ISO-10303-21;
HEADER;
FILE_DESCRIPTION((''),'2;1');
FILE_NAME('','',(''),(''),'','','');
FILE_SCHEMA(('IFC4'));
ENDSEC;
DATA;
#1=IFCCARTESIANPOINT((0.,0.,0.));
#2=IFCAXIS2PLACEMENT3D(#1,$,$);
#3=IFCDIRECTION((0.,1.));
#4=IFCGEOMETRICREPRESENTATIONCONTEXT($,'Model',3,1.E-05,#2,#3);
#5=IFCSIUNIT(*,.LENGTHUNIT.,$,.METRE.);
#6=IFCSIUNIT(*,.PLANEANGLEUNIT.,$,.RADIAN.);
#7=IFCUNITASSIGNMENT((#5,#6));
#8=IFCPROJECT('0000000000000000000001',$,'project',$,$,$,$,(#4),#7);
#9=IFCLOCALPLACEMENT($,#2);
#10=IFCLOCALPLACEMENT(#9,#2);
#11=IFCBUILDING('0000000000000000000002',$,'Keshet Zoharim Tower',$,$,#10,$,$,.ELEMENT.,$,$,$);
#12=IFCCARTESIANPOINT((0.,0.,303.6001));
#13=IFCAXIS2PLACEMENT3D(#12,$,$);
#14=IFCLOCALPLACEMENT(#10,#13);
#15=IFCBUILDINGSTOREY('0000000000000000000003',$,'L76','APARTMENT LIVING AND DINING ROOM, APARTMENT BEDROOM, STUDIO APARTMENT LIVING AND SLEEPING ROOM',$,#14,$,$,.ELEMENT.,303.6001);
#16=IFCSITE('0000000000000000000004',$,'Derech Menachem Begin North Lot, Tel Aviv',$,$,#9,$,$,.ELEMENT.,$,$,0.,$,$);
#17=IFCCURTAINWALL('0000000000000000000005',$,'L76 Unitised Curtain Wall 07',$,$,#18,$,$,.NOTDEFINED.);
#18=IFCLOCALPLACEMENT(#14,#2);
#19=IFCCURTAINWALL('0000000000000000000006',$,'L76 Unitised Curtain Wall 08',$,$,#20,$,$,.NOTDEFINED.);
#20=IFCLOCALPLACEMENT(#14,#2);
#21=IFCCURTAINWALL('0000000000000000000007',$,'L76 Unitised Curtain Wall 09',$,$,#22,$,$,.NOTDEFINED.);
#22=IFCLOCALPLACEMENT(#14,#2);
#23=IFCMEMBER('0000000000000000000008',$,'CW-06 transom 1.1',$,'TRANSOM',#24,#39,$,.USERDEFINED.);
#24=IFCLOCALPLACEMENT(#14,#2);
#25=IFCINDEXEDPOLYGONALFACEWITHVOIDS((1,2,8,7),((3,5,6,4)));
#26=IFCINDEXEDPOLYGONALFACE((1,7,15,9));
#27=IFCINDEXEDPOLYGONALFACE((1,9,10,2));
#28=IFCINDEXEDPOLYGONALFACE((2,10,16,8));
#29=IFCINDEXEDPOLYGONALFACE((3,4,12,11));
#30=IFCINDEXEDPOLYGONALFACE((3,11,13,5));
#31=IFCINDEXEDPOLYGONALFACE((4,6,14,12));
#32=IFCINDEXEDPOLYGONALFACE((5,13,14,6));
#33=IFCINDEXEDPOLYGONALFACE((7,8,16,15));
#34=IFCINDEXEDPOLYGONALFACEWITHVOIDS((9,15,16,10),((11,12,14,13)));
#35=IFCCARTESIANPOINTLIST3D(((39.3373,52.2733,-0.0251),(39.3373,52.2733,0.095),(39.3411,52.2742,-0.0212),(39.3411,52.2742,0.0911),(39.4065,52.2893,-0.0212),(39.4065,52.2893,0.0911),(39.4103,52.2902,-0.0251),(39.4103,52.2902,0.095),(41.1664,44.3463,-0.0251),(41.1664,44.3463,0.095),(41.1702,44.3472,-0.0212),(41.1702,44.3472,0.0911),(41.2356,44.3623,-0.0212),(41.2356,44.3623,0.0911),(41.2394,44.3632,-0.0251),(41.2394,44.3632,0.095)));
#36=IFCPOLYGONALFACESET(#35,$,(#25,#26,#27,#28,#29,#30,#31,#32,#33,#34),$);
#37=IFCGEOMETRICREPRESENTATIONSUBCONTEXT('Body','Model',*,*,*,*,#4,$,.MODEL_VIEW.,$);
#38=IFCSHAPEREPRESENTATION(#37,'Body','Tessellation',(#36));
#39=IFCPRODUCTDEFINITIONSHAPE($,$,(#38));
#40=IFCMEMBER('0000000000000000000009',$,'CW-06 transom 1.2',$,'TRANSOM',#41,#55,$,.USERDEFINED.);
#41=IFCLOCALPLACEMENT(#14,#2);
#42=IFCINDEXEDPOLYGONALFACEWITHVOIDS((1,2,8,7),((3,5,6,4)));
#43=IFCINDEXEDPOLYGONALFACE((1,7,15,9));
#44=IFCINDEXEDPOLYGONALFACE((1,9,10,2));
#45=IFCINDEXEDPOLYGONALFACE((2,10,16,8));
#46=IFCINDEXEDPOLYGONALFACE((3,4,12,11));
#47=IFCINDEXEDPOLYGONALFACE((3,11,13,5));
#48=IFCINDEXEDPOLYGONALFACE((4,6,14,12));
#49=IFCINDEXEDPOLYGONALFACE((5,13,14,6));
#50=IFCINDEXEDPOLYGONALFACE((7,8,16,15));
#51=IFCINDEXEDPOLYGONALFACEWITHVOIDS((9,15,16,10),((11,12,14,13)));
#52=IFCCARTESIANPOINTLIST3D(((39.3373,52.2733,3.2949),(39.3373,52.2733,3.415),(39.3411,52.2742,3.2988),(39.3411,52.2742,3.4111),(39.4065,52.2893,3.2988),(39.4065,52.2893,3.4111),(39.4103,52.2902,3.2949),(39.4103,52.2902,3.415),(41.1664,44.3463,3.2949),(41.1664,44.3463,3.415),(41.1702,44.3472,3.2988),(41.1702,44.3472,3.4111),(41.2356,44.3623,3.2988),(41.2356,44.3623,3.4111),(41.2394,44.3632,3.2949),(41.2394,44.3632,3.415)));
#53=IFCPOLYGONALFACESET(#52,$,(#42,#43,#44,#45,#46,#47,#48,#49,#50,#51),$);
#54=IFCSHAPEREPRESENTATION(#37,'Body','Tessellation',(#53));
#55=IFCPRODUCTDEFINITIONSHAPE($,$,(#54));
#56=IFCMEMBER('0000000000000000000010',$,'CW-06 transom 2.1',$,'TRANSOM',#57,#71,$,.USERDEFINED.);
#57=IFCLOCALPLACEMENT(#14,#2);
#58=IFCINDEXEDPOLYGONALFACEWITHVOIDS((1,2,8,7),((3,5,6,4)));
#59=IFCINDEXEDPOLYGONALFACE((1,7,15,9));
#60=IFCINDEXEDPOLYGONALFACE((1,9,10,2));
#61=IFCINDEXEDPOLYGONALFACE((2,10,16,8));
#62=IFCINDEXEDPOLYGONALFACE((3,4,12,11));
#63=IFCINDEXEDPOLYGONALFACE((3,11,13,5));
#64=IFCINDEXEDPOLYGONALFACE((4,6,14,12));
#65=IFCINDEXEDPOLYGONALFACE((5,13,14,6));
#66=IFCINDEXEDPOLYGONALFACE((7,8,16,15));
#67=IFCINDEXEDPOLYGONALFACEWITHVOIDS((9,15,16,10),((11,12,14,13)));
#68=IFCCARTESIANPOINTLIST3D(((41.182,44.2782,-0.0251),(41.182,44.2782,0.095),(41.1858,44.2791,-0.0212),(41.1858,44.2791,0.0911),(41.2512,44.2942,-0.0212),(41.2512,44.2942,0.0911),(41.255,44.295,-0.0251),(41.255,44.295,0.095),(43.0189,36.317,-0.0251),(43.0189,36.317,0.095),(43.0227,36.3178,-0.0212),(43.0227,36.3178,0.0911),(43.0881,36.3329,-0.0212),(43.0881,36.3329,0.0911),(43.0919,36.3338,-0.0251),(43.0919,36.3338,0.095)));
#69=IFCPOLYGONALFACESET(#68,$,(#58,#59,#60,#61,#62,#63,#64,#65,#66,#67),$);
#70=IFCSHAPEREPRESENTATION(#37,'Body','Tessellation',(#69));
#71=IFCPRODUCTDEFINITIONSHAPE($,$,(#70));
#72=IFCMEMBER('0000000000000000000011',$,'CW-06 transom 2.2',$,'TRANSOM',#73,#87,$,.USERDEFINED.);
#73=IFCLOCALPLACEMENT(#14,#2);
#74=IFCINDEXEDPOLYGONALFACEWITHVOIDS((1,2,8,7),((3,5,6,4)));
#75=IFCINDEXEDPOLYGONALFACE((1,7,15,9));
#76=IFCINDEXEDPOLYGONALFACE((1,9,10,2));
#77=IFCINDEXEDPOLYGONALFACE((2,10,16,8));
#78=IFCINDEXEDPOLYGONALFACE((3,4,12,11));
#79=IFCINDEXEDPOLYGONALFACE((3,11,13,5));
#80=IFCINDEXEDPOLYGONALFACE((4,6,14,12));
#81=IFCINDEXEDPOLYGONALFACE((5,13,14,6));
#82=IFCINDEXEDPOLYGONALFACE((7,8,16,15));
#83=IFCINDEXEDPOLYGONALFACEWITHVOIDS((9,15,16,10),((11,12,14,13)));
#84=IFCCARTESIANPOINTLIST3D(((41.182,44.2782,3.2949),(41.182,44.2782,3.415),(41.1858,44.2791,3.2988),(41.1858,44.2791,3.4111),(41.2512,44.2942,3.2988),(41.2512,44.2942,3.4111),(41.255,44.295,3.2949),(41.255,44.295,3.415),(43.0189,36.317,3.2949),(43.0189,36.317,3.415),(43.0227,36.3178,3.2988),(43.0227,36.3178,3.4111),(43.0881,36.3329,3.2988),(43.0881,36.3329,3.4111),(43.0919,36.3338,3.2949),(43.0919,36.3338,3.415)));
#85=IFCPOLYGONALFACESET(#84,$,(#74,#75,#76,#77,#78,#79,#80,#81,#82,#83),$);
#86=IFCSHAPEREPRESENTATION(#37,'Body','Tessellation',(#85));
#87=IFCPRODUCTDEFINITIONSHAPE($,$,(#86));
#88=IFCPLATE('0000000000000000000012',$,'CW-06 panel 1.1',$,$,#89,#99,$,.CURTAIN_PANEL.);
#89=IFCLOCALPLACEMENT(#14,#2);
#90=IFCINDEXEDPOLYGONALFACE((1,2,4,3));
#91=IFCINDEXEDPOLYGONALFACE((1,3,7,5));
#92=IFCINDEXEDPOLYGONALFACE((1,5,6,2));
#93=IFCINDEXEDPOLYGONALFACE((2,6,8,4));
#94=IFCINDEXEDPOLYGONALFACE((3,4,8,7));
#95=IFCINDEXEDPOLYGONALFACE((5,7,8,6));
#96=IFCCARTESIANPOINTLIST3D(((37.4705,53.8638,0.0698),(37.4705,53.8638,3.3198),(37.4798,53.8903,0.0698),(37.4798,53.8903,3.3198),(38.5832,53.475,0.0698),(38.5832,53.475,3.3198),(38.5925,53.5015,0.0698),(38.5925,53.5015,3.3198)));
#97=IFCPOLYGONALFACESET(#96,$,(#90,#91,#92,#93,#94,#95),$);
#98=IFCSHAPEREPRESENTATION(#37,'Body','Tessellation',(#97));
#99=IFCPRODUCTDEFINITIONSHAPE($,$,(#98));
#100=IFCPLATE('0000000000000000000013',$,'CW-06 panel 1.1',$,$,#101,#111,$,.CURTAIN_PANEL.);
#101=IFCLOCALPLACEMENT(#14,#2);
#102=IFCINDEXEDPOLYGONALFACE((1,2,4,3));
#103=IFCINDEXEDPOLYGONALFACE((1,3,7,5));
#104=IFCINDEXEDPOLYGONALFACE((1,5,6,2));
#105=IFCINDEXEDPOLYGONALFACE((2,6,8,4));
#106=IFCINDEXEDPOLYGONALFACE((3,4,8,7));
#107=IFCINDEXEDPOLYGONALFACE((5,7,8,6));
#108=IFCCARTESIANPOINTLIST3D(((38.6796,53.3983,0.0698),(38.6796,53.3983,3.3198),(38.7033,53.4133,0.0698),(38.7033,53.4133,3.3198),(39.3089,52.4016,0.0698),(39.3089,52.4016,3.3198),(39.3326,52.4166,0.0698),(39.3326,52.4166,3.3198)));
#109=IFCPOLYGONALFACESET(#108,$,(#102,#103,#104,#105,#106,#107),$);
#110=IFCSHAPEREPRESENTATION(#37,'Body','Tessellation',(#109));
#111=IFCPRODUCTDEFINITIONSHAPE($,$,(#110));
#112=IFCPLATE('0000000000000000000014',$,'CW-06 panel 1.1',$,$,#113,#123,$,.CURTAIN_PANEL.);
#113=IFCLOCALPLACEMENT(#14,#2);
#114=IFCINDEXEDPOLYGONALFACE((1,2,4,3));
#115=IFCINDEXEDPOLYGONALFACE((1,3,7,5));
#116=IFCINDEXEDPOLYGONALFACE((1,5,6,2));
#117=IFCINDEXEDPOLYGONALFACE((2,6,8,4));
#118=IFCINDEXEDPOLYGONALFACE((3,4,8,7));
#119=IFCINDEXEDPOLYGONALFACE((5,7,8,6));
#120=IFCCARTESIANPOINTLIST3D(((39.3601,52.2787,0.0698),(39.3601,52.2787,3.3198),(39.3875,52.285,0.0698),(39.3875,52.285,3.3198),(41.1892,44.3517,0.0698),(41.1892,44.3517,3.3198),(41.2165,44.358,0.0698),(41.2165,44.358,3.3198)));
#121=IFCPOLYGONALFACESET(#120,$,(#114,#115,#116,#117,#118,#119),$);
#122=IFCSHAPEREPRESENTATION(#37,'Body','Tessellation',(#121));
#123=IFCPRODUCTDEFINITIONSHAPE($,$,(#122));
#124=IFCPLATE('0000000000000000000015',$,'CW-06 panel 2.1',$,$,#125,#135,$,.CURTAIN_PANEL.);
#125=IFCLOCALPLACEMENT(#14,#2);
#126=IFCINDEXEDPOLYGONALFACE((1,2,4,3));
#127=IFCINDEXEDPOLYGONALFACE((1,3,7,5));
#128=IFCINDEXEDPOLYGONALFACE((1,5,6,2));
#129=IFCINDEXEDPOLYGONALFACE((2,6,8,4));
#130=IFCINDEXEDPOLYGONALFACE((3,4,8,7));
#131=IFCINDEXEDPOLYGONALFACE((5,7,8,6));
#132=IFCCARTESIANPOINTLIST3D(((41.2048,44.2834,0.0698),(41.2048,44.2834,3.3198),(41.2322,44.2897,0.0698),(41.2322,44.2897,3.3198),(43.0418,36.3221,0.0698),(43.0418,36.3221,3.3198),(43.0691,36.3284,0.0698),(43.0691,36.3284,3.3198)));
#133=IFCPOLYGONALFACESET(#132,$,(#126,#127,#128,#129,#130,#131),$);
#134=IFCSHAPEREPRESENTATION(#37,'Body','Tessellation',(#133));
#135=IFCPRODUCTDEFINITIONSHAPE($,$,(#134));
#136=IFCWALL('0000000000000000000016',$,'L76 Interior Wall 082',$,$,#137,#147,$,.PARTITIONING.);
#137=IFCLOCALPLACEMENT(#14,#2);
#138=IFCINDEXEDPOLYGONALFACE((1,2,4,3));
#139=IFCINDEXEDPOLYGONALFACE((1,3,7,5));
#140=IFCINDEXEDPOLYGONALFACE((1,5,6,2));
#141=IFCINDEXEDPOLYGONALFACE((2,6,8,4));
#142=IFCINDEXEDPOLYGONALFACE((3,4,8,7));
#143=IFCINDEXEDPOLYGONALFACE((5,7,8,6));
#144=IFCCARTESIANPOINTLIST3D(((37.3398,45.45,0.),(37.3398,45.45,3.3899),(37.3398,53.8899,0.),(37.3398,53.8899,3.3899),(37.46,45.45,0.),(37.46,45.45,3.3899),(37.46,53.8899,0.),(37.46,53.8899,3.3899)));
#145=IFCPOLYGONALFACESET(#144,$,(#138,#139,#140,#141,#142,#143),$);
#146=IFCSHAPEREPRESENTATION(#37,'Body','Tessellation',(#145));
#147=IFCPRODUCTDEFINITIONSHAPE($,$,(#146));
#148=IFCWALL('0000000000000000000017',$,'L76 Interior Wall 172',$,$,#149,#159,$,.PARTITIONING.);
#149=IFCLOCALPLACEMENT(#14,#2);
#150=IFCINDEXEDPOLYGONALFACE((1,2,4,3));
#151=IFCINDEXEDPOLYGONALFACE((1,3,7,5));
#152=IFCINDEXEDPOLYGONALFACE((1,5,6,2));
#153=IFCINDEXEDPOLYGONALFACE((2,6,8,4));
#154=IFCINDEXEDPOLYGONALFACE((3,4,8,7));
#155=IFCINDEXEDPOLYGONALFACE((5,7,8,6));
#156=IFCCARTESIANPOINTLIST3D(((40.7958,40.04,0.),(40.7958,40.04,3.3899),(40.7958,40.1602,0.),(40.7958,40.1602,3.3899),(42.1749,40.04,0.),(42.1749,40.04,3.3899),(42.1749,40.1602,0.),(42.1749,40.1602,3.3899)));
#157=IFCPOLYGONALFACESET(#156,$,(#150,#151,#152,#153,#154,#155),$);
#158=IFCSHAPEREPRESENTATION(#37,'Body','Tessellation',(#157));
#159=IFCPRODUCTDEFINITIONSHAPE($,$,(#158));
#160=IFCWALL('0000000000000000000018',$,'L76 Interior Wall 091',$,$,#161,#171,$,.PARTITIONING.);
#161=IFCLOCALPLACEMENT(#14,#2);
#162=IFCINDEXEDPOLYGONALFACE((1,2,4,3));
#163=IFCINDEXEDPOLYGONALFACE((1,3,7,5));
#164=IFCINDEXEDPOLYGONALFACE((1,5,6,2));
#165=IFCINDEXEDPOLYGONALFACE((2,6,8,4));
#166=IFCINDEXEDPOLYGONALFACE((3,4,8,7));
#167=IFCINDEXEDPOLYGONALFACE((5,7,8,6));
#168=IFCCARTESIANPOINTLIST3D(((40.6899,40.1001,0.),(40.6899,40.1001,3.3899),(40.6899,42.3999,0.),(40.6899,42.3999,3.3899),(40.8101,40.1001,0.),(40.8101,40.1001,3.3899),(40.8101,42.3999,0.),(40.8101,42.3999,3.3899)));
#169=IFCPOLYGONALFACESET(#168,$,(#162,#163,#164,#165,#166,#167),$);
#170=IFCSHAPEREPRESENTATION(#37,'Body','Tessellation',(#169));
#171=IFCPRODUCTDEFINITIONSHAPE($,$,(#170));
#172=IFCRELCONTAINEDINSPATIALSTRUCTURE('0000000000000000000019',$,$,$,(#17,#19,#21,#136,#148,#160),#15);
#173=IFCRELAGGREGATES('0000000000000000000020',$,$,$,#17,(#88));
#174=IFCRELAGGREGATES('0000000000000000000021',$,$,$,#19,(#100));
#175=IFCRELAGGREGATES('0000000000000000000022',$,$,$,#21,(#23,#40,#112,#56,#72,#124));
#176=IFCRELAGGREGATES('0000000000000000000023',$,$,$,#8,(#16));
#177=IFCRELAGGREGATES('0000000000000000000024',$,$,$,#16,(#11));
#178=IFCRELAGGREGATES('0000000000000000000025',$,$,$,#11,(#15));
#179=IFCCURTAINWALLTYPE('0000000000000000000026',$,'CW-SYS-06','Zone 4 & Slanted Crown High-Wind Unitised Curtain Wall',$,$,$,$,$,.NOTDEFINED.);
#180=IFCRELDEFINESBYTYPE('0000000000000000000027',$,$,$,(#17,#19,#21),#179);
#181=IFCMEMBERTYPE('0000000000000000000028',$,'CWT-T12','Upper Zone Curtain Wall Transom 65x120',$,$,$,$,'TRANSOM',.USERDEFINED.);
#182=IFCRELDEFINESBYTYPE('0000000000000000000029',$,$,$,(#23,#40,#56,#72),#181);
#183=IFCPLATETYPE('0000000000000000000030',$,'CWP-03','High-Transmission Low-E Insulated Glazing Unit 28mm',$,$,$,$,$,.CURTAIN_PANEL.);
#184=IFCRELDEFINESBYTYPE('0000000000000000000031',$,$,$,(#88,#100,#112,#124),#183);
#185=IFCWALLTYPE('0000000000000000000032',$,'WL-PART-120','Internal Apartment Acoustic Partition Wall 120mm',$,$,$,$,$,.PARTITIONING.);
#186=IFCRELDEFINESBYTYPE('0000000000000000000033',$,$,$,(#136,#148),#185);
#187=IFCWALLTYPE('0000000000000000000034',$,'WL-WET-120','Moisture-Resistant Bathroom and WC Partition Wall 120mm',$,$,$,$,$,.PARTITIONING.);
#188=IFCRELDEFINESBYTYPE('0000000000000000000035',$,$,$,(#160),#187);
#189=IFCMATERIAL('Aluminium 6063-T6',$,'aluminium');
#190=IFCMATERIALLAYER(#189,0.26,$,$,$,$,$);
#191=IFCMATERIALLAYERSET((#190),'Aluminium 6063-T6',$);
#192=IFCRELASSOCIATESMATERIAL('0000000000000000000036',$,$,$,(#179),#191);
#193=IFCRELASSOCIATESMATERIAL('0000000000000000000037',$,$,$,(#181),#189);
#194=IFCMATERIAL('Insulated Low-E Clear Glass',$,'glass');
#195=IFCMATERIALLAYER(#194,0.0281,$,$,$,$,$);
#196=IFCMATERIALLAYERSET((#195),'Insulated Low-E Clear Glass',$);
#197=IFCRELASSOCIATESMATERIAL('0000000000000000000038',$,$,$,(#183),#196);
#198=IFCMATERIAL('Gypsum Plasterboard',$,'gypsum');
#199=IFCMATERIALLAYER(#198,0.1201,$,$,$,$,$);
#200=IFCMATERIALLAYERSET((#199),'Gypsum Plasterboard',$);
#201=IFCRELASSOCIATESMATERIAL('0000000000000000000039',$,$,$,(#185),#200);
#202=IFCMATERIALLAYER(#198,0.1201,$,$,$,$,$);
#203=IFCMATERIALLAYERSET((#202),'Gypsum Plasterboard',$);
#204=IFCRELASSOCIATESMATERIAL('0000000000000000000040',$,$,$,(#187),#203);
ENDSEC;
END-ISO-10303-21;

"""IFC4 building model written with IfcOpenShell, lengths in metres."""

from ifc_helpers import new_model, si_unit, direction, frame, frame_2d, origin, origin_2d, place, context, subcontext, project, spatial, rectangle, hollow_rectangle, extrude, material, layer, layer_set, material_profile, profile_set, type_object, element, aggregate, save


model = new_model("IFC4")

# Units and contexts
model_context = context("Model", 3, precision=1e-05, world=origin(), true_north=direction((0.0, 1.0)))
body_context = subcontext(model_context, "Body", "Model", "MODEL_VIEW")
ifc_project = project(units=[si_unit("LENGTHUNIT", "METRE"), si_unit("PLANEANGLEUNIT", "RADIAN")], contexts=[model_context])

# Site, building, storey
site_placement = place(None, origin())
site = spatial("IfcSite", under=ifc_project, at=site_placement, Name="Derech Menachem Begin North Lot, Tel Aviv", CompositionType="ELEMENT", RefElevation=0.0)
building_placement = place(site_placement, origin())
building = spatial("IfcBuilding", under=site, at=building_placement, Name="Keshet Zoharim Tower", CompositionType="ELEMENT")
storey_placement = place(building_placement, frame((0.0, 0.0, 303.6001)))
storey = spatial("IfcBuildingStorey", under=building, at=storey_placement, Name="L76", Description="APARTMENT LIVING AND DINING ROOM, APARTMENT BEDROOM, STUDIO APARTMENT LIVING AND SLEEPING ROOM", CompositionType="ELEMENT", Elevation=303.6001)

# Shared definitions
ifc_material_1 = material(Name="Aluminium 6063-T6", Category="aluminium")
ifc_layer_1 = layer(ifc_material_1, 0.26)
ifc_layer_set_1 = layer_set([ifc_layer_1], Name="Aluminium 6063-T6")
curtain_wall_type = type_object("IfcCurtainWallType", Name="CW-SYS-06", Description="Zone 4 & Slanted Crown High-Wind Unitised Curtain Wall", PredefinedType="NOTDEFINED", material=ifc_layer_set_1)

# Curtain walls
curtain_wall_1_placement = place(storey_placement, origin())
curtain_wall_1 = element("IfcCurtainWall", 1, at=curtain_wall_1_placement, inside=storey, type_object=curtain_wall_type, Name="L76 Unitised Curtain Wall 07", PredefinedType="NOTDEFINED")
curtain_wall_2_placement = place(storey_placement, origin())
curtain_wall_2 = element("IfcCurtainWall", 2, at=curtain_wall_2_placement, inside=storey, type_object=curtain_wall_type, Name="L76 Unitised Curtain Wall 08", PredefinedType="NOTDEFINED")
curtain_wall_3_placement = place(storey_placement, origin())
curtain_wall_3 = element("IfcCurtainWall", 3, at=curtain_wall_3_placement, inside=storey, type_object=curtain_wall_type, Name="L76 Unitised Curtain Wall 09", PredefinedType="NOTDEFINED")

# Members
ifc_material_profile_1 = material_profile(ifc_material_1, hollow_rectangle(XDim=0.075, YDim=0.1201, WallThickness=0.0039, at=origin_2d()), Name="TRN-75x120")
ifc_profile_set_1 = profile_set([ifc_material_profile_1], Name="Aluminium 6063-T6")
member_type_1 = type_object("IfcMemberType", Name="CWT-T12", Description="Upper Zone Curtain Wall Transom 65x120", ElementType="TRANSOM", PredefinedType="USERDEFINED", material=ifc_profile_set_1)
member_1_placement = place(storey_placement, frame((39.3738, 52.2817, 0.0349), z_axis=(0.224835, -0.974397, 0.0), x_axis=(0.974397, 0.224835, 0.0)))
member_1 = element("IfcMember", 4, at=member_1_placement, type_object=member_type_1, Name="CW-06 transom 1.1", ObjectType="TRANSOM", PredefinedType="USERDEFINED", context=body_context, shape_type="SweptSolid", body=[
    extrude(hollow_rectangle(XDim=0.075, YDim=0.1201, WallThickness=0.0039, at=origin_2d()), origin(), (0.0, 0.0, 1.0), 8.1353),
])
member_2_placement = place(storey_placement, frame((39.3738, 52.2817, 3.355), z_axis=(0.224835, -0.974397, 0.0), x_axis=(0.974397, 0.224835, 0.0)))
member_2 = element("IfcMember", 5, at=member_2_placement, type_object=member_type_1, Name="CW-06 transom 1.2", ObjectType="TRANSOM", PredefinedType="USERDEFINED", context=body_context, shape_type="SweptSolid", body=[
    extrude(hollow_rectangle(XDim=0.075, YDim=0.1201, WallThickness=0.0039, at=origin_2d()), origin(), (0.0, 0.0, 1.0), 8.1353),
])
member_3_placement = place(storey_placement, frame((41.2185, 44.2866, 0.0349), z_axis=(0.224827, -0.974399, 0.0), x_axis=(0.974399, 0.224827, 0.0)))
member_3 = element("IfcMember", 6, at=member_3_placement, type_object=member_type_1, Name="CW-06 transom 2.1", ObjectType="TRANSOM", PredefinedType="USERDEFINED", context=body_context, shape_type="SweptSolid", body=[
    extrude(hollow_rectangle(XDim=0.075, YDim=0.1201, WallThickness=0.0039, at=origin_2d()), origin(), (0.0, 0.0, 1.0), 8.1704),
])
member_4_placement = place(storey_placement, frame((41.2185, 44.2866, 3.355), z_axis=(0.224827, -0.974399, 0.0), x_axis=(0.974399, 0.224827, 0.0)))
member_4 = element("IfcMember", 7, at=member_4_placement, type_object=member_type_1, Name="CW-06 transom 2.2", ObjectType="TRANSOM", PredefinedType="USERDEFINED", context=body_context, shape_type="SweptSolid", body=[
    extrude(hollow_rectangle(XDim=0.075, YDim=0.1201, WallThickness=0.0039, at=origin_2d()), origin(), (0.0, 0.0, 1.0), 8.1704),
])

# Plates
ifc_material_2 = material(Name="Insulated Low-E Clear Glass", Category="glass")
ifc_layer_2 = layer(ifc_material_2, 0.0281)
ifc_layer_set_2 = layer_set([ifc_layer_2], Name="Insulated Low-E Clear Glass")
plate_type = type_object("IfcPlateType", Name="CWP-03", Description="High-Transmission Low-E Insulated Glazing Unit 28mm", PredefinedType="CURTAIN_PANEL", material=ifc_layer_set_2)
plate_1_placement = place(storey_placement, frame((38.0315, 53.6826, 0.0698), z_axis=(0.0, 0.0, 1.0), x_axis=(0.944036, -0.329844, 0.0)))
plate_1 = element("IfcPlate", 8, at=plate_1_placement, type_object=plate_type, Name="CW-06 panel 1.1", PredefinedType="CURTAIN_PANEL", context=body_context, shape_type="SweptSolid", body=[
    extrude(rectangle(XDim=1.1787, YDim=0.0281, at=origin_2d()), origin(), (0.0, 0.0, 1.0), 3.25),
])
aggregate(curtain_wall_1, [plate_1])
plate_2_placement = place(storey_placement, frame((39.0061, 52.9075, 0.0698), z_axis=(0.0, 0.0, 1.0), x_axis=(0.533879, -0.845561, 0.0)))
plate_2 = element("IfcPlate", 9, at=plate_2_placement, type_object=plate_type, Name="CW-06 panel 1.1", PredefinedType="CURTAIN_PANEL", context=body_context, shape_type="SweptSolid", body=[
    extrude(rectangle(XDim=1.1787, YDim=0.0281, at=origin_2d()), origin(), (0.0, 0.0, 1.0), 3.25),
])
aggregate(curtain_wall_2, [plate_2])
plate_3_placement = place(storey_placement, frame((40.2883, 48.3184, 0.0698), z_axis=(0.0, 0.0, 1.0), x_axis=(0.22483, -0.974398, 0.0)))
plate_3 = element("IfcPlate", 10, at=plate_3_placement, type_object=plate_type, Name="CW-06 panel 1.1", PredefinedType="CURTAIN_PANEL", context=body_context, shape_type="SweptSolid", body=[
    extrude(rectangle(XDim=8.1353, YDim=0.0281, at=origin_2d()), origin(), (0.0, 0.0, 1.0), 3.25),
])
plate_4_placement = place(storey_placement, frame((42.137, 40.3059, 0.0698), z_axis=(0.0, 0.0, 1.0), x_axis=(0.22483, -0.974398, 0.0)))
plate_4 = element("IfcPlate", 11, at=plate_4_placement, type_object=plate_type, Name="CW-06 panel 2.1", PredefinedType="CURTAIN_PANEL", context=body_context, shape_type="SweptSolid", body=[
    extrude(rectangle(XDim=8.1704, YDim=0.0281, at=origin_2d()), origin(), (0.0, 0.0, 1.0), 3.25),
])
aggregate(curtain_wall_3, [member_1, member_2, plate_3, member_3, member_4, plate_4])

# Walls
ifc_material_3 = material(Name="Gypsum Plasterboard", Category="gypsum")
ifc_layer_3 = layer(ifc_material_3, 0.1201)
ifc_layer_set_3 = layer_set([ifc_layer_3], Name="Gypsum Plasterboard")
wall_type_1 = type_object("IfcWallType", Name="WL-PART-120", Description="Internal Apartment Acoustic Partition Wall 120mm", PredefinedType="PARTITIONING", material=ifc_layer_set_3)
wall_1_placement = place(storey_placement, frame((37.3999, 45.45, 0.0), z_axis=(0.0, 0.0, 1.0), x_axis=(0.0, 1.0, 0.0)))
element("IfcWall", 12, at=wall_1_placement, inside=storey, type_object=wall_type_1, Name="L76 Interior Wall 082", PredefinedType="PARTITIONING", context=body_context, shape_type="SweptSolid", body=[
    extrude(rectangle(XDim=8.4399, YDim=0.1201, at=frame_2d((4.22, 0.0))), origin(), (0.0, 0.0, 1.0), 3.3899),
])
wall_2_placement = place(storey_placement, frame((40.7959, 40.1001, 0.0), z_axis=(0.0, 0.0, 1.0), x_axis=(1.0, 0.0, 0.0)))
element("IfcWall", 13, at=wall_2_placement, inside=storey, type_object=wall_type_1, Name="L76 Interior Wall 172", PredefinedType="PARTITIONING", context=body_context, shape_type="SweptSolid", body=[
    extrude(rectangle(XDim=1.3792, YDim=0.1201, at=frame_2d((0.6895, 0.0))), origin(), (0.0, 0.0, 1.0), 3.3899),
])

# Wall
ifc_layer_4 = layer(ifc_material_3, 0.1201)
ifc_layer_set_4 = layer_set([ifc_layer_4], Name="Gypsum Plasterboard")
wall_type_2 = type_object("IfcWallType", Name="WL-WET-120", Description="Moisture-Resistant Bathroom and WC Partition Wall 120mm", PredefinedType="PARTITIONING", material=ifc_layer_set_4)
wall_3_placement = place(storey_placement, frame((40.75, 40.1001, 0.0), z_axis=(0.0, 0.0, 1.0), x_axis=(0.0, 1.0, 0.0)))
element("IfcWall", 14, at=wall_3_placement, inside=storey, type_object=wall_type_2, Name="L76 Interior Wall 091", PredefinedType="PARTITIONING", context=body_context, shape_type="SweptSolid", body=[
    extrude(rectangle(XDim=2.2998, YDim=0.1201, at=frame_2d((1.1499, 0.0))), origin(), (0.0, 0.0, 1.0), 3.3899),
])

save(model, "model.ifc")
